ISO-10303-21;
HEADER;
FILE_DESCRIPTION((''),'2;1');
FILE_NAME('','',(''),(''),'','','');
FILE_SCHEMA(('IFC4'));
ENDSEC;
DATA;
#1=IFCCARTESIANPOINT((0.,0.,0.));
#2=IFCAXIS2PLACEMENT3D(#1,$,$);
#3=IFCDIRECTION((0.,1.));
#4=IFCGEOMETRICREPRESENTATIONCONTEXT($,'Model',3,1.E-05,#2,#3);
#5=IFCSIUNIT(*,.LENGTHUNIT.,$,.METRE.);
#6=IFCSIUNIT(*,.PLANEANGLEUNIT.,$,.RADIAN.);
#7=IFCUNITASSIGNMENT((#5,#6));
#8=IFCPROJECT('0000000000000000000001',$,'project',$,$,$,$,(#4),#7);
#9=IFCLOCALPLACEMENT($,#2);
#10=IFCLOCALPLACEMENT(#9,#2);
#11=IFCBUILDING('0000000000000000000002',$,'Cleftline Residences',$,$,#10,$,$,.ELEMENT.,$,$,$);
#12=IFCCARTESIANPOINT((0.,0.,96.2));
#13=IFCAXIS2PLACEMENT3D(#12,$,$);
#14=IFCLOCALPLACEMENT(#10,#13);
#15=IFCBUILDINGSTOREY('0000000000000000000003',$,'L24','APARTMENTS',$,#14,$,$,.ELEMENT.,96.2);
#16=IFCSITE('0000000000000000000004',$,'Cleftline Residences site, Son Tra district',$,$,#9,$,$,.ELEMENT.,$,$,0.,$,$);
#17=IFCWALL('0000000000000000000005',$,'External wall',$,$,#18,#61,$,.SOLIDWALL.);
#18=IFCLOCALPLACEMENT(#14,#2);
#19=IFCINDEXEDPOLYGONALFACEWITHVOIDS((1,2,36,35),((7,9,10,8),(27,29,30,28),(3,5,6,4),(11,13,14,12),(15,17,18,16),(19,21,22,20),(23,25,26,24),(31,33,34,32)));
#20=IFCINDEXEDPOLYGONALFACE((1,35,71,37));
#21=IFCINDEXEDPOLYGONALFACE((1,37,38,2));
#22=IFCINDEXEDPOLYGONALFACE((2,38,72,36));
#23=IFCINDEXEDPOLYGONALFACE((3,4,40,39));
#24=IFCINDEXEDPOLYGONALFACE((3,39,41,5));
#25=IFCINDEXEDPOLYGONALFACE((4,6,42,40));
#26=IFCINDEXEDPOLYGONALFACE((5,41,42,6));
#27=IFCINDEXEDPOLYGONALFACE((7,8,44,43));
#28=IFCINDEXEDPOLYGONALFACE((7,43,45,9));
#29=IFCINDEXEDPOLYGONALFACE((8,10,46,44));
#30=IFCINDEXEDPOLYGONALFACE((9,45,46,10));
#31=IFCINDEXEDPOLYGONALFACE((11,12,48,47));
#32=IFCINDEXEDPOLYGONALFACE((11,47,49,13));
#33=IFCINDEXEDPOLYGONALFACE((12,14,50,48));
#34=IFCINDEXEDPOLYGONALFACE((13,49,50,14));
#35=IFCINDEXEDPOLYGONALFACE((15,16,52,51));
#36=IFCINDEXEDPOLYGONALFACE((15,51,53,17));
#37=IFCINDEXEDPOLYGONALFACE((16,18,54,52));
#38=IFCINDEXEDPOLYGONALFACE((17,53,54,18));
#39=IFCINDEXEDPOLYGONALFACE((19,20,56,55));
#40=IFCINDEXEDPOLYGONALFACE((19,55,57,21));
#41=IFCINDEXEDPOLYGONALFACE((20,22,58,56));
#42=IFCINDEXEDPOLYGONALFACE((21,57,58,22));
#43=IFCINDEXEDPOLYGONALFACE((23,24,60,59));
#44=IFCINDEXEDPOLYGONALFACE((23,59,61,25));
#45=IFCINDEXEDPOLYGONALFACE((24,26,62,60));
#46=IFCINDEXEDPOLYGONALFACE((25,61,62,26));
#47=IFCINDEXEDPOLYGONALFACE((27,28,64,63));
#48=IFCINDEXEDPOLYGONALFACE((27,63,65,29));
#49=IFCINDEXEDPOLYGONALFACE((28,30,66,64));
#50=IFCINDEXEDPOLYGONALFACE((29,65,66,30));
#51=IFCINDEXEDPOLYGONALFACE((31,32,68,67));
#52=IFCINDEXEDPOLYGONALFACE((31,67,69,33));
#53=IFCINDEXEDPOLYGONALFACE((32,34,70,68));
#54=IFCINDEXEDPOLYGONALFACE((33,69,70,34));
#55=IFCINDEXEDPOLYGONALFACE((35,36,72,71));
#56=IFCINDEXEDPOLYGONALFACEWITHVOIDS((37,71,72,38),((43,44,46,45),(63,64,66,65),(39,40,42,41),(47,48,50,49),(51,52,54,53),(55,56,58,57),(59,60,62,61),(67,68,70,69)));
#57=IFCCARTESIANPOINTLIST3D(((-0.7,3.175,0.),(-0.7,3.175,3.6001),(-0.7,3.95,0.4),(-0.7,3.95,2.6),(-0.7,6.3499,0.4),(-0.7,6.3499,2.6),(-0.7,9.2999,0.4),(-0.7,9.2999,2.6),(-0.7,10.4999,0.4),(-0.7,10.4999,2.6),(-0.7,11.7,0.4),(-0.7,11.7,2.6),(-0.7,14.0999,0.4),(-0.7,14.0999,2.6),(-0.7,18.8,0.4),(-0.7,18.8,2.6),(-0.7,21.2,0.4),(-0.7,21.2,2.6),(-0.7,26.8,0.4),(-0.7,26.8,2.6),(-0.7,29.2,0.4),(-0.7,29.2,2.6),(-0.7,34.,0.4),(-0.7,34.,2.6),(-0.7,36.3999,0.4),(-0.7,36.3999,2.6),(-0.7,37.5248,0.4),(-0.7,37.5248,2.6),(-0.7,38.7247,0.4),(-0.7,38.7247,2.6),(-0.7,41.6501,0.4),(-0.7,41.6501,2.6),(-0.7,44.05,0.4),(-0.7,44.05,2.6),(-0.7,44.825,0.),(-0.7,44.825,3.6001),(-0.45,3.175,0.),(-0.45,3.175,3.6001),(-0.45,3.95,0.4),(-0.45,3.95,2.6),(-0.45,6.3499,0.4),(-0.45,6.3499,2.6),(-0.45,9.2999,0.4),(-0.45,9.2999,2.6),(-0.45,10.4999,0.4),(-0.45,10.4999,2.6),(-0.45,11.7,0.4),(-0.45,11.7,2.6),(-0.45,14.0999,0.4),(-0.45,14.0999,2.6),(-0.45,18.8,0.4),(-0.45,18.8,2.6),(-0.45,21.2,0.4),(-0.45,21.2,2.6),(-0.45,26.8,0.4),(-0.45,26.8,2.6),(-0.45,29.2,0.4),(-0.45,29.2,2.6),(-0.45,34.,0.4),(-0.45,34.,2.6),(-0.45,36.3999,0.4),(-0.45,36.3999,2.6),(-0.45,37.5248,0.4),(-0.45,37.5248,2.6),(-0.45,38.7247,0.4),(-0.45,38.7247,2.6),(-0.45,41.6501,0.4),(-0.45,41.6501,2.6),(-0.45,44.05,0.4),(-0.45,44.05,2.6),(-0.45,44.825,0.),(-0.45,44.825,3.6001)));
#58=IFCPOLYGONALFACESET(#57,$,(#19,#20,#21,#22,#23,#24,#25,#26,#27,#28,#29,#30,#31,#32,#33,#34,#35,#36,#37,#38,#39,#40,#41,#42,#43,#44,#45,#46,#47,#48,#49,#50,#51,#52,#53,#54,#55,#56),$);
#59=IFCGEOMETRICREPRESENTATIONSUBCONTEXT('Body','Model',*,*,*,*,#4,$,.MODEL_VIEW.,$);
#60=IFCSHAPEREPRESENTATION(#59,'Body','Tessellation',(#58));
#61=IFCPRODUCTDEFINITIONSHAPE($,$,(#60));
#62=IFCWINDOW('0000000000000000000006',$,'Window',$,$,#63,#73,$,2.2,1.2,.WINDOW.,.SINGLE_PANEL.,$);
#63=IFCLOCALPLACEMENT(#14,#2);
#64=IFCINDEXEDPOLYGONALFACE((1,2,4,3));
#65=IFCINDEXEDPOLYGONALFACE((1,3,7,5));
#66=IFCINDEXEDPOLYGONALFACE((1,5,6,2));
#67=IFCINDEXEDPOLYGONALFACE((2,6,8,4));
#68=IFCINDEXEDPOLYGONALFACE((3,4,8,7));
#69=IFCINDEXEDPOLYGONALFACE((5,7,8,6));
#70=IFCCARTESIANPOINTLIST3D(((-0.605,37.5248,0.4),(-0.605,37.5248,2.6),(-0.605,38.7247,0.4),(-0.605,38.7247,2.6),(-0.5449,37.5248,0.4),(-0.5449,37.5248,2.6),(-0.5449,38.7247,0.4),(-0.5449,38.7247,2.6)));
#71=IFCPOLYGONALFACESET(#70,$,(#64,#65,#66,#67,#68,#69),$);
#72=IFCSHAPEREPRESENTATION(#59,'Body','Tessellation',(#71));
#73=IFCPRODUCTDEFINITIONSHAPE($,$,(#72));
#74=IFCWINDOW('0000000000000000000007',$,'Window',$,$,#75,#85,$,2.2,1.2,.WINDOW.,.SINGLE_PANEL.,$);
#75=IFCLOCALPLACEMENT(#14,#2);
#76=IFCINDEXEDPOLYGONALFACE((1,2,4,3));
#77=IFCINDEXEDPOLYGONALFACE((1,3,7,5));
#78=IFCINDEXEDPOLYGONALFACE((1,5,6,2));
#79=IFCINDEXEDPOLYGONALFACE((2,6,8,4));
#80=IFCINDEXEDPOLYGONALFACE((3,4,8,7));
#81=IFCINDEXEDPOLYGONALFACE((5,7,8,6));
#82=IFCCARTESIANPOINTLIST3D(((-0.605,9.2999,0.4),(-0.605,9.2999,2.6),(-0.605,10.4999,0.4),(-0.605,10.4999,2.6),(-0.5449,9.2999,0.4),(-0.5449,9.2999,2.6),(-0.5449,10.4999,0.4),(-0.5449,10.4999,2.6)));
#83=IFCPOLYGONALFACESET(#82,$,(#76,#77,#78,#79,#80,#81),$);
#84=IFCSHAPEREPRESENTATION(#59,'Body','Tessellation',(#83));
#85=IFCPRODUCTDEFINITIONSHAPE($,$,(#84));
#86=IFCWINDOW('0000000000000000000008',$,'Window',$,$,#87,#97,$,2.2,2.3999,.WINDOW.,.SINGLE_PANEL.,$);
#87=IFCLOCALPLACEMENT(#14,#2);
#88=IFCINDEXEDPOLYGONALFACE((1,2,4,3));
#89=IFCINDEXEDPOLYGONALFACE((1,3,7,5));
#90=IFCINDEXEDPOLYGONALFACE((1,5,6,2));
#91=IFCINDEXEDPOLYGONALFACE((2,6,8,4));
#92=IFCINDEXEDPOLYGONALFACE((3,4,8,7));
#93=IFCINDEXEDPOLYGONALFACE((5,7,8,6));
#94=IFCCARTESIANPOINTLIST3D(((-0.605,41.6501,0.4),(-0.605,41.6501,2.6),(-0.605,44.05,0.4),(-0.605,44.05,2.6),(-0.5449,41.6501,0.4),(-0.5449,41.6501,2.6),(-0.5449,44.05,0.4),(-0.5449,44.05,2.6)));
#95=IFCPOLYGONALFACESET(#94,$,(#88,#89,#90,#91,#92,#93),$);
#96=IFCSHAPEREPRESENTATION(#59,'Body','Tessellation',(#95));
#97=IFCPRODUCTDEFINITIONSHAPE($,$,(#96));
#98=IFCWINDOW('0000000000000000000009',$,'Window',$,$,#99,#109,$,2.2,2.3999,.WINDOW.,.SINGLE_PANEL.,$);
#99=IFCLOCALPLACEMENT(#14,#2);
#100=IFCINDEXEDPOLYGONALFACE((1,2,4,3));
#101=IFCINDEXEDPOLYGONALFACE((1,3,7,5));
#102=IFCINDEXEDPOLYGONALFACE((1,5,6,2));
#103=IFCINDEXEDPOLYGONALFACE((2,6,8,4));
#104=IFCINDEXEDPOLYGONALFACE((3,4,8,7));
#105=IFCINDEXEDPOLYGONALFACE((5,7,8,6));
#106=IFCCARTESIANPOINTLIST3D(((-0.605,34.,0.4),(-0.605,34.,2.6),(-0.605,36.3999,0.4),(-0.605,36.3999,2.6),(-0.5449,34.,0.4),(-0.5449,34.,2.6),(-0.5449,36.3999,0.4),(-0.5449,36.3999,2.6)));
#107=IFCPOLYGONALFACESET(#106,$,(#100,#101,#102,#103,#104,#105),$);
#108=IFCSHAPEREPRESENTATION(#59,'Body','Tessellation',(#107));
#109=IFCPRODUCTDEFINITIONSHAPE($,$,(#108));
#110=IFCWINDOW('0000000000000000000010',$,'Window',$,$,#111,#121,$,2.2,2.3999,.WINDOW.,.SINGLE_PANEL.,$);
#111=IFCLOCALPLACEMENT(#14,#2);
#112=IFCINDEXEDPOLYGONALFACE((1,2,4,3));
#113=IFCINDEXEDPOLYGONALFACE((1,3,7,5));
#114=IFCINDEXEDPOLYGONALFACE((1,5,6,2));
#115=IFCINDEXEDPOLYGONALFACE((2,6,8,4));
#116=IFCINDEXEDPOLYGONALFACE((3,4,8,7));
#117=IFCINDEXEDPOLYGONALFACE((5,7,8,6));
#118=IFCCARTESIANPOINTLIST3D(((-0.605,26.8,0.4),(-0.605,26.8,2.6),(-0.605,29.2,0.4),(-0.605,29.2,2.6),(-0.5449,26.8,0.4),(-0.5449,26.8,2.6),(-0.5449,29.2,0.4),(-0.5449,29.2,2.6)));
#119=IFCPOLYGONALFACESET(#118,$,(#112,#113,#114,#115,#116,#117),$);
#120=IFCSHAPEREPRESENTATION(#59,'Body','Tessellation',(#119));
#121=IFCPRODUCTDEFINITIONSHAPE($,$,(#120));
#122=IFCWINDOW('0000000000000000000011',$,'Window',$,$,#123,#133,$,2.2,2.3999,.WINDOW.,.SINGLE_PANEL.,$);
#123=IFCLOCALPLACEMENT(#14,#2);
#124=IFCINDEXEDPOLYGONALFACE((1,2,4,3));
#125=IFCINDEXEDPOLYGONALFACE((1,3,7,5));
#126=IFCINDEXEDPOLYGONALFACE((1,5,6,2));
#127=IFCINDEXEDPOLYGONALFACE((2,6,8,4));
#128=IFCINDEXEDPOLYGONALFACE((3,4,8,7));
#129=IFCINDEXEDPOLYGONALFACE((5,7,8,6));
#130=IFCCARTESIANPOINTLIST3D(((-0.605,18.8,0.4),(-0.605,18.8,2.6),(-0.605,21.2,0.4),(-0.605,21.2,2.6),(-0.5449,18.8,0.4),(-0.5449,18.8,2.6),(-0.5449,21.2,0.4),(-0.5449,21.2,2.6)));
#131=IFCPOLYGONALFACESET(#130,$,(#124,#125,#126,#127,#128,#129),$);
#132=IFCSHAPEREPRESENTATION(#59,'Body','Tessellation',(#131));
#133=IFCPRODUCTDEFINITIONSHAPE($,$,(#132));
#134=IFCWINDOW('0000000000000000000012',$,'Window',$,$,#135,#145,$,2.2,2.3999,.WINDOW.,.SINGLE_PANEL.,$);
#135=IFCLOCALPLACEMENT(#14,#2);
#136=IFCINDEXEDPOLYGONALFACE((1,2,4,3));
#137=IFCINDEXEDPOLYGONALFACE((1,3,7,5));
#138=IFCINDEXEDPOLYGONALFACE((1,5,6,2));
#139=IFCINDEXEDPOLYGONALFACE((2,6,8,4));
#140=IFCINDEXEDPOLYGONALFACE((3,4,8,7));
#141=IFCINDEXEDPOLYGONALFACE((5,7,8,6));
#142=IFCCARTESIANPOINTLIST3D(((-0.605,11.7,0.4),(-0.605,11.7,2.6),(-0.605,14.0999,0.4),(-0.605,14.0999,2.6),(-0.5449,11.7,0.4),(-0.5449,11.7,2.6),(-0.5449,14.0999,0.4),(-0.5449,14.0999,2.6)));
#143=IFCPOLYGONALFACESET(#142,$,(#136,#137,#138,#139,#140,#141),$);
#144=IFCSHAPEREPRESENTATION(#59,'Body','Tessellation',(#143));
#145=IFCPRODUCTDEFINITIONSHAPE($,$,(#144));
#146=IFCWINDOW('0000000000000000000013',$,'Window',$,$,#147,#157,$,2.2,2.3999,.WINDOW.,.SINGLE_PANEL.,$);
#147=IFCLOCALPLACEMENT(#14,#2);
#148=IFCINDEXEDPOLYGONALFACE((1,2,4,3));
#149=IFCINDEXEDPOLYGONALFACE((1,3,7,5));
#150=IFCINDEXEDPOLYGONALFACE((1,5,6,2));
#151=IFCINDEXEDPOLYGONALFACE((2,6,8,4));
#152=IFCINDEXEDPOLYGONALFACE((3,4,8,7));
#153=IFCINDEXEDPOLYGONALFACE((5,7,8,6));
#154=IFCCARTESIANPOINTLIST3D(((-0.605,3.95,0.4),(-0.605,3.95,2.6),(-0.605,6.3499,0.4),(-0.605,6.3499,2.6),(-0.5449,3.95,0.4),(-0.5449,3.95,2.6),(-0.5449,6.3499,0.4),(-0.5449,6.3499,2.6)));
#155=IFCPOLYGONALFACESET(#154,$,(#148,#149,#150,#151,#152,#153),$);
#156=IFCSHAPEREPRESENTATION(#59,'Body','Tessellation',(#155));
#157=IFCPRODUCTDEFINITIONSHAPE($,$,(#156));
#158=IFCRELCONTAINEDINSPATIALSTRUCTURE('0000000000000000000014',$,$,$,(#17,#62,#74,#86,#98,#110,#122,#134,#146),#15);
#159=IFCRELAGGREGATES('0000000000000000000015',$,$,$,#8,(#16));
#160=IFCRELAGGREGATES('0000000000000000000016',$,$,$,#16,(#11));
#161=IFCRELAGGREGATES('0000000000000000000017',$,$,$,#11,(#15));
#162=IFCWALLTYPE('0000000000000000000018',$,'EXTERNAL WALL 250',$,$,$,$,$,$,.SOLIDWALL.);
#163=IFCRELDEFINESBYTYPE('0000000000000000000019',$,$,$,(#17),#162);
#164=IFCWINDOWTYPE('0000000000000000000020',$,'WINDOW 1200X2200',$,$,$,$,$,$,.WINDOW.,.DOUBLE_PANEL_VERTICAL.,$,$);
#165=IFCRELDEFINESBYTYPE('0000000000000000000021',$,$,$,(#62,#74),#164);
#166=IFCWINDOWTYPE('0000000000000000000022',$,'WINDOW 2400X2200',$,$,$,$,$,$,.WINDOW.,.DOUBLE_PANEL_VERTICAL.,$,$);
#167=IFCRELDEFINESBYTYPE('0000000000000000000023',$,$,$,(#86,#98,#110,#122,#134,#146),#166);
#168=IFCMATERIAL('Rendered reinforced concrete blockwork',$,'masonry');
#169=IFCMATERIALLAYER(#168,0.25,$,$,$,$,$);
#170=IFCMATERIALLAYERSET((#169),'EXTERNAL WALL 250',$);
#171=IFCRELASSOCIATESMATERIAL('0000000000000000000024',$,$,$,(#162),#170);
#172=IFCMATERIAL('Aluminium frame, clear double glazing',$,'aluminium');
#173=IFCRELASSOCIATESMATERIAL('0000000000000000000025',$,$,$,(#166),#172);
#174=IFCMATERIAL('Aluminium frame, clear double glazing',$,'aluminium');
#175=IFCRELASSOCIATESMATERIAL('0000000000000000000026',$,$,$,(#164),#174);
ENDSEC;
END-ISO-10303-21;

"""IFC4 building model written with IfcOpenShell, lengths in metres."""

from ifc_helpers import new_model, si_unit, direction, frame, frame_2d, origin, place, context, subcontext, project, spatial, rectangle, extrude, material, layer, layer_set, type_object, element, fill, save


model = new_model("IFC4")

# Units and contexts
model_context = context("Model", 3, precision=1e-05, world=origin(), true_north=direction((0.0, 1.0)))
body_context = subcontext(model_context, "Body", "Model", "MODEL_VIEW")
ifc_project = project(units=[si_unit("LENGTHUNIT", "METRE"), si_unit("PLANEANGLEUNIT", "RADIAN")], contexts=[model_context])

# Site, building, storey
site_placement = place(None, origin())
site = spatial("IfcSite", under=ifc_project, at=site_placement, Name="Cleftline Residences site, Son Tra district", CompositionType="ELEMENT", RefElevation=0.0)
building_placement = place(site_placement, origin())
building = spatial("IfcBuilding", under=site, at=building_placement, Name="Cleftline Residences", CompositionType="ELEMENT")
storey_placement = place(building_placement, frame((0.0, 0.0, 96.2)))
storey = spatial("IfcBuildingStorey", under=building, at=storey_placement, Name="L24", Description="APARTMENTS", CompositionType="ELEMENT", Elevation=96.2)

# Shared definitions
ifc_material_1 = material(Name="Rendered reinforced concrete blockwork", Category="masonry")
ifc_layer_1 = layer(ifc_material_1, 0.25)
ifc_layer_set_1 = layer_set([ifc_layer_1], Name="EXTERNAL WALL 250")
wall_type_1 = type_object("IfcWallType", Name="EXTERNAL WALL 250", PredefinedType="SOLIDWALL", material=ifc_layer_set_1)
ifc_material_2 = material(Name="Aluminium frame, clear double glazing", Category="aluminium")
window_type_1 = type_object("IfcWindowType", Name="WINDOW 2400X2200", PartitioningType="DOUBLE_PANEL_VERTICAL", PredefinedType="WINDOW", material=ifc_material_2)

# Wall, openings, windows
wall_1_placement = place(storey_placement, frame((-0.575, 44.825, 0.0), z_axis=(0.0, 0.0, 1.0), x_axis=(0.0, -1.0, 0.0)))
wall_1 = element("IfcWall", 1, at=wall_1_placement, inside=storey, type_object=wall_type_1, Name="External wall", PredefinedType="SOLIDWALL", context=body_context, shape_type="SweptSolid", body=[
    extrude(rectangle(XDim=41.6499, YDim=0.25, at=frame_2d((20.825, 0.0))), origin(), (0.0, 0.0, 1.0), 3.6001),
])
opening_1_placement = place(wall_1_placement, frame((0.7749, 0.0, 0.3999)))
opening_1 = element("IfcOpeningElement", 2, at=opening_1_placement, cuts=wall_1, PredefinedType="OPENING", context=body_context, shape_type="SweptSolid", body=[
    extrude(rectangle(XDim=2.3999, YDim=2.2, at=frame_2d((1.2, 1.1001))), frame((0.0, 0.135, 0.0), z_axis=(0.0, -1.0, 0.0), x_axis=(1.0, 0.0, 0.0)), (0.0, 0.0, 1.0), 0.27),
])
opening_2_placement = place(wall_1_placement, frame((6.1001, 0.0, 0.3999)))
opening_2 = element("IfcOpeningElement", 3, at=opening_2_placement, cuts=wall_1, PredefinedType="OPENING", context=body_context, shape_type="SweptSolid", body=[
    extrude(rectangle(XDim=1.2, YDim=2.2, at=frame_2d((0.6001, 1.1001))), frame((0.0, 0.135, 0.0), z_axis=(0.0, -1.0, 0.0), x_axis=(1.0, 0.0, 0.0)), (0.0, 0.0, 1.0), 0.27),
])
opening_3_placement = place(wall_1_placement, frame((8.425, 0.0, 0.3999)))
opening_3 = element("IfcOpeningElement", 4, at=opening_3_placement, cuts=wall_1, PredefinedType="OPENING", context=body_context, shape_type="SweptSolid", body=[
    extrude(rectangle(XDim=2.3999, YDim=2.2, at=frame_2d((1.2, 1.1001))), frame((0.0, 0.135, 0.0), z_axis=(0.0, -1.0, 0.0), x_axis=(1.0, 0.0, 0.0)), (0.0, 0.0, 1.0), 0.27),
])
opening_4_placement = place(wall_1_placement, frame((15.625, 0.0, 0.3999)))
opening_4 = element("IfcOpeningElement", 5, at=opening_4_placement, cuts=wall_1, PredefinedType="OPENING", context=body_context, shape_type="SweptSolid", body=[
    extrude(rectangle(XDim=2.3999, YDim=2.2, at=frame_2d((1.2, 1.1001))), frame((0.0, 0.135, 0.0), z_axis=(0.0, -1.0, 0.0), x_axis=(1.0, 0.0, 0.0)), (0.0, 0.0, 1.0), 0.27),
])
opening_5_placement = place(wall_1_placement, frame((23.625, 0.0, 0.3999)))
opening_5 = element("IfcOpeningElement", 6, at=opening_5_placement, cuts=wall_1, PredefinedType="OPENING", context=body_context, shape_type="SweptSolid", body=[
    extrude(rectangle(XDim=2.3999, YDim=2.2, at=frame_2d((1.2, 1.1001))), frame((0.0, 0.135, 0.0), z_axis=(0.0, -1.0, 0.0), x_axis=(1.0, 0.0, 0.0)), (0.0, 0.0, 1.0), 0.27),
])
opening_6_placement = place(wall_1_placement, frame((30.7251, 0.0, 0.3999)))
opening_6 = element("IfcOpeningElement", 7, at=opening_6_placement, cuts=wall_1, PredefinedType="OPENING", context=body_context, shape_type="SweptSolid", body=[
    extrude(rectangle(XDim=2.3999, YDim=2.2, at=frame_2d((1.2, 1.1001))), frame((0.0, 0.135, 0.0), z_axis=(0.0, -1.0, 0.0), x_axis=(1.0, 0.0, 0.0)), (0.0, 0.0, 1.0), 0.27),
])
opening_7_placement = place(wall_1_placement, frame((34.325, 0.0, 0.3999)))
opening_7 = element("IfcOpeningElement", 8, at=opening_7_placement, cuts=wall_1, PredefinedType="OPENING", context=body_context, shape_type="SweptSolid", body=[
    extrude(rectangle(XDim=1.2, YDim=2.2, at=frame_2d((0.6001, 1.1001))), frame((0.0, 0.135, 0.0), z_axis=(0.0, -1.0, 0.0), x_axis=(1.0, 0.0, 0.0)), (0.0, 0.0, 1.0), 0.27),
])
opening_8_placement = place(wall_1_placement, frame((38.4751, 0.0, 0.3999)))
opening_8 = element("IfcOpeningElement", 9, at=opening_8_placement, cuts=wall_1, PredefinedType="OPENING", context=body_context, shape_type="SweptSolid", body=[
    extrude(rectangle(XDim=2.3999, YDim=2.2, at=frame_2d((1.2, 1.1001))), frame((0.0, 0.135, 0.0), z_axis=(0.0, -1.0, 0.0), x_axis=(1.0, 0.0, 0.0)), (0.0, 0.0, 1.0), 0.27),
])
ifc_material_3 = material(Name="Aluminium frame, clear double glazing", Category="aluminium")
window_type_2 = type_object("IfcWindowType", Name="WINDOW 1200X2200", PartitioningType="DOUBLE_PANEL_VERTICAL", PredefinedType="WINDOW", material=ifc_material_3)
window_1_placement = place(opening_2_placement, origin())
window_1 = element("IfcWindow", 10, at=window_1_placement, inside=storey, type_object=window_type_2, Name="Window", OverallHeight=2.2, OverallWidth=1.2, PartitioningType="SINGLE_PANEL", PredefinedType="WINDOW", context=body_context, shape_type="SweptSolid", body=[
    extrude(rectangle(XDim=1.2, YDim=2.2, at=frame_2d((0.6001, 1.1001))), frame((0.0, 0.03, 0.0), z_axis=(0.0, -1.0, 0.0), x_axis=(1.0, 0.0, 0.0)), (0.0, 0.0, 1.0), 0.0601),
])
fill(opening_2, window_1)
window_2_placement = place(opening_7_placement, origin())
window_2 = element("IfcWindow", 11, at=window_2_placement, inside=storey, type_object=window_type_2, Name="Window", OverallHeight=2.2, OverallWidth=1.2, PartitioningType="SINGLE_PANEL", PredefinedType="WINDOW", context=body_context, shape_type="SweptSolid", body=[
    extrude(rectangle(XDim=1.2, YDim=2.2, at=frame_2d((0.6001, 1.1001))), frame((0.0, 0.03, 0.0), z_axis=(0.0, -1.0, 0.0), x_axis=(1.0, 0.0, 0.0)), (0.0, 0.0, 1.0), 0.0601),
])
fill(opening_7, window_2)
window_3_placement = place(opening_1_placement, origin())
window_3 = element("IfcWindow", 12, at=window_3_placement, inside=storey, type_object=window_type_1, Name="Window", OverallHeight=2.2, OverallWidth=2.3999, PartitioningType="SINGLE_PANEL", PredefinedType="WINDOW", context=body_context, shape_type="SweptSolid", body=[
    extrude(rectangle(XDim=2.3999, YDim=2.2, at=frame_2d((1.2, 1.1001))), frame((0.0, 0.03, 0.0), z_axis=(0.0, -1.0, 0.0), x_axis=(1.0, 0.0, 0.0)), (0.0, 0.0, 1.0), 0.0601),
])
fill(opening_1, window_3)
window_4_placement = place(opening_3_placement, origin())
window_4 = element("IfcWindow", 13, at=window_4_placement, inside=storey, type_object=window_type_1, Name="Window", OverallHeight=2.2, OverallWidth=2.3999, PartitioningType="SINGLE_PANEL", PredefinedType="WINDOW", context=body_context, shape_type="SweptSolid", body=[
    extrude(rectangle(XDim=2.3999, YDim=2.2, at=frame_2d((1.2, 1.1001))), frame((0.0, 0.03, 0.0), z_axis=(0.0, -1.0, 0.0), x_axis=(1.0, 0.0, 0.0)), (0.0, 0.0, 1.0), 0.0601),
])
fill(opening_3, window_4)
window_5_placement = place(opening_4_placement, origin())
window_5 = element("IfcWindow", 14, at=window_5_placement, inside=storey, type_object=window_type_1, Name="Window", OverallHeight=2.2, OverallWidth=2.3999, PartitioningType="SINGLE_PANEL", PredefinedType="WINDOW", context=body_context, shape_type="SweptSolid", body=[
    extrude(rectangle(XDim=2.3999, YDim=2.2, at=frame_2d((1.2, 1.1001))), frame((0.0, 0.03, 0.0), z_axis=(0.0, -1.0, 0.0), x_axis=(1.0, 0.0, 0.0)), (0.0, 0.0, 1.0), 0.0601),
])
fill(opening_4, window_5)
window_6_placement = place(opening_5_placement, origin())
window_6 = element("IfcWindow", 15, at=window_6_placement, inside=storey, type_object=window_type_1, Name="Window", OverallHeight=2.2, OverallWidth=2.3999, PartitioningType="SINGLE_PANEL", PredefinedType="WINDOW", context=body_context, shape_type="SweptSolid", body=[
    extrude(rectangle(XDim=2.3999, YDim=2.2, at=frame_2d((1.2, 1.1001))), frame((0.0, 0.03, 0.0), z_axis=(0.0, -1.0, 0.0), x_axis=(1.0, 0.0, 0.0)), (0.0, 0.0, 1.0), 0.0601),
])
fill(opening_5, window_6)
window_7_placement = place(opening_6_placement, origin())
window_7 = element("IfcWindow", 16, at=window_7_placement, inside=storey, type_object=window_type_1, Name="Window", OverallHeight=2.2, OverallWidth=2.3999, PartitioningType="SINGLE_PANEL", PredefinedType="WINDOW", context=body_context, shape_type="SweptSolid", body=[
    extrude(rectangle(XDim=2.3999, YDim=2.2, at=frame_2d((1.2, 1.1001))), frame((0.0, 0.03, 0.0), z_axis=(0.0, -1.0, 0.0), x_axis=(1.0, 0.0, 0.0)), (0.0, 0.0, 1.0), 0.0601),
])
fill(opening_6, window_7)
window_8_placement = place(opening_8_placement, origin())
window_8 = element("IfcWindow", 17, at=window_8_placement, inside=storey, type_object=window_type_1, Name="Window", OverallHeight=2.2, OverallWidth=2.3999, PartitioningType="SINGLE_PANEL", PredefinedType="WINDOW", context=body_context, shape_type="SweptSolid", body=[
    extrude(rectangle(XDim=2.3999, YDim=2.2, at=frame_2d((1.2, 1.1001))), frame((0.0, 0.03, 0.0), z_axis=(0.0, -1.0, 0.0), x_axis=(1.0, 0.0, 0.0)), (0.0, 0.0, 1.0), 0.0601),
])
fill(opening_8, window_8)

save(model, "model.ifc")
